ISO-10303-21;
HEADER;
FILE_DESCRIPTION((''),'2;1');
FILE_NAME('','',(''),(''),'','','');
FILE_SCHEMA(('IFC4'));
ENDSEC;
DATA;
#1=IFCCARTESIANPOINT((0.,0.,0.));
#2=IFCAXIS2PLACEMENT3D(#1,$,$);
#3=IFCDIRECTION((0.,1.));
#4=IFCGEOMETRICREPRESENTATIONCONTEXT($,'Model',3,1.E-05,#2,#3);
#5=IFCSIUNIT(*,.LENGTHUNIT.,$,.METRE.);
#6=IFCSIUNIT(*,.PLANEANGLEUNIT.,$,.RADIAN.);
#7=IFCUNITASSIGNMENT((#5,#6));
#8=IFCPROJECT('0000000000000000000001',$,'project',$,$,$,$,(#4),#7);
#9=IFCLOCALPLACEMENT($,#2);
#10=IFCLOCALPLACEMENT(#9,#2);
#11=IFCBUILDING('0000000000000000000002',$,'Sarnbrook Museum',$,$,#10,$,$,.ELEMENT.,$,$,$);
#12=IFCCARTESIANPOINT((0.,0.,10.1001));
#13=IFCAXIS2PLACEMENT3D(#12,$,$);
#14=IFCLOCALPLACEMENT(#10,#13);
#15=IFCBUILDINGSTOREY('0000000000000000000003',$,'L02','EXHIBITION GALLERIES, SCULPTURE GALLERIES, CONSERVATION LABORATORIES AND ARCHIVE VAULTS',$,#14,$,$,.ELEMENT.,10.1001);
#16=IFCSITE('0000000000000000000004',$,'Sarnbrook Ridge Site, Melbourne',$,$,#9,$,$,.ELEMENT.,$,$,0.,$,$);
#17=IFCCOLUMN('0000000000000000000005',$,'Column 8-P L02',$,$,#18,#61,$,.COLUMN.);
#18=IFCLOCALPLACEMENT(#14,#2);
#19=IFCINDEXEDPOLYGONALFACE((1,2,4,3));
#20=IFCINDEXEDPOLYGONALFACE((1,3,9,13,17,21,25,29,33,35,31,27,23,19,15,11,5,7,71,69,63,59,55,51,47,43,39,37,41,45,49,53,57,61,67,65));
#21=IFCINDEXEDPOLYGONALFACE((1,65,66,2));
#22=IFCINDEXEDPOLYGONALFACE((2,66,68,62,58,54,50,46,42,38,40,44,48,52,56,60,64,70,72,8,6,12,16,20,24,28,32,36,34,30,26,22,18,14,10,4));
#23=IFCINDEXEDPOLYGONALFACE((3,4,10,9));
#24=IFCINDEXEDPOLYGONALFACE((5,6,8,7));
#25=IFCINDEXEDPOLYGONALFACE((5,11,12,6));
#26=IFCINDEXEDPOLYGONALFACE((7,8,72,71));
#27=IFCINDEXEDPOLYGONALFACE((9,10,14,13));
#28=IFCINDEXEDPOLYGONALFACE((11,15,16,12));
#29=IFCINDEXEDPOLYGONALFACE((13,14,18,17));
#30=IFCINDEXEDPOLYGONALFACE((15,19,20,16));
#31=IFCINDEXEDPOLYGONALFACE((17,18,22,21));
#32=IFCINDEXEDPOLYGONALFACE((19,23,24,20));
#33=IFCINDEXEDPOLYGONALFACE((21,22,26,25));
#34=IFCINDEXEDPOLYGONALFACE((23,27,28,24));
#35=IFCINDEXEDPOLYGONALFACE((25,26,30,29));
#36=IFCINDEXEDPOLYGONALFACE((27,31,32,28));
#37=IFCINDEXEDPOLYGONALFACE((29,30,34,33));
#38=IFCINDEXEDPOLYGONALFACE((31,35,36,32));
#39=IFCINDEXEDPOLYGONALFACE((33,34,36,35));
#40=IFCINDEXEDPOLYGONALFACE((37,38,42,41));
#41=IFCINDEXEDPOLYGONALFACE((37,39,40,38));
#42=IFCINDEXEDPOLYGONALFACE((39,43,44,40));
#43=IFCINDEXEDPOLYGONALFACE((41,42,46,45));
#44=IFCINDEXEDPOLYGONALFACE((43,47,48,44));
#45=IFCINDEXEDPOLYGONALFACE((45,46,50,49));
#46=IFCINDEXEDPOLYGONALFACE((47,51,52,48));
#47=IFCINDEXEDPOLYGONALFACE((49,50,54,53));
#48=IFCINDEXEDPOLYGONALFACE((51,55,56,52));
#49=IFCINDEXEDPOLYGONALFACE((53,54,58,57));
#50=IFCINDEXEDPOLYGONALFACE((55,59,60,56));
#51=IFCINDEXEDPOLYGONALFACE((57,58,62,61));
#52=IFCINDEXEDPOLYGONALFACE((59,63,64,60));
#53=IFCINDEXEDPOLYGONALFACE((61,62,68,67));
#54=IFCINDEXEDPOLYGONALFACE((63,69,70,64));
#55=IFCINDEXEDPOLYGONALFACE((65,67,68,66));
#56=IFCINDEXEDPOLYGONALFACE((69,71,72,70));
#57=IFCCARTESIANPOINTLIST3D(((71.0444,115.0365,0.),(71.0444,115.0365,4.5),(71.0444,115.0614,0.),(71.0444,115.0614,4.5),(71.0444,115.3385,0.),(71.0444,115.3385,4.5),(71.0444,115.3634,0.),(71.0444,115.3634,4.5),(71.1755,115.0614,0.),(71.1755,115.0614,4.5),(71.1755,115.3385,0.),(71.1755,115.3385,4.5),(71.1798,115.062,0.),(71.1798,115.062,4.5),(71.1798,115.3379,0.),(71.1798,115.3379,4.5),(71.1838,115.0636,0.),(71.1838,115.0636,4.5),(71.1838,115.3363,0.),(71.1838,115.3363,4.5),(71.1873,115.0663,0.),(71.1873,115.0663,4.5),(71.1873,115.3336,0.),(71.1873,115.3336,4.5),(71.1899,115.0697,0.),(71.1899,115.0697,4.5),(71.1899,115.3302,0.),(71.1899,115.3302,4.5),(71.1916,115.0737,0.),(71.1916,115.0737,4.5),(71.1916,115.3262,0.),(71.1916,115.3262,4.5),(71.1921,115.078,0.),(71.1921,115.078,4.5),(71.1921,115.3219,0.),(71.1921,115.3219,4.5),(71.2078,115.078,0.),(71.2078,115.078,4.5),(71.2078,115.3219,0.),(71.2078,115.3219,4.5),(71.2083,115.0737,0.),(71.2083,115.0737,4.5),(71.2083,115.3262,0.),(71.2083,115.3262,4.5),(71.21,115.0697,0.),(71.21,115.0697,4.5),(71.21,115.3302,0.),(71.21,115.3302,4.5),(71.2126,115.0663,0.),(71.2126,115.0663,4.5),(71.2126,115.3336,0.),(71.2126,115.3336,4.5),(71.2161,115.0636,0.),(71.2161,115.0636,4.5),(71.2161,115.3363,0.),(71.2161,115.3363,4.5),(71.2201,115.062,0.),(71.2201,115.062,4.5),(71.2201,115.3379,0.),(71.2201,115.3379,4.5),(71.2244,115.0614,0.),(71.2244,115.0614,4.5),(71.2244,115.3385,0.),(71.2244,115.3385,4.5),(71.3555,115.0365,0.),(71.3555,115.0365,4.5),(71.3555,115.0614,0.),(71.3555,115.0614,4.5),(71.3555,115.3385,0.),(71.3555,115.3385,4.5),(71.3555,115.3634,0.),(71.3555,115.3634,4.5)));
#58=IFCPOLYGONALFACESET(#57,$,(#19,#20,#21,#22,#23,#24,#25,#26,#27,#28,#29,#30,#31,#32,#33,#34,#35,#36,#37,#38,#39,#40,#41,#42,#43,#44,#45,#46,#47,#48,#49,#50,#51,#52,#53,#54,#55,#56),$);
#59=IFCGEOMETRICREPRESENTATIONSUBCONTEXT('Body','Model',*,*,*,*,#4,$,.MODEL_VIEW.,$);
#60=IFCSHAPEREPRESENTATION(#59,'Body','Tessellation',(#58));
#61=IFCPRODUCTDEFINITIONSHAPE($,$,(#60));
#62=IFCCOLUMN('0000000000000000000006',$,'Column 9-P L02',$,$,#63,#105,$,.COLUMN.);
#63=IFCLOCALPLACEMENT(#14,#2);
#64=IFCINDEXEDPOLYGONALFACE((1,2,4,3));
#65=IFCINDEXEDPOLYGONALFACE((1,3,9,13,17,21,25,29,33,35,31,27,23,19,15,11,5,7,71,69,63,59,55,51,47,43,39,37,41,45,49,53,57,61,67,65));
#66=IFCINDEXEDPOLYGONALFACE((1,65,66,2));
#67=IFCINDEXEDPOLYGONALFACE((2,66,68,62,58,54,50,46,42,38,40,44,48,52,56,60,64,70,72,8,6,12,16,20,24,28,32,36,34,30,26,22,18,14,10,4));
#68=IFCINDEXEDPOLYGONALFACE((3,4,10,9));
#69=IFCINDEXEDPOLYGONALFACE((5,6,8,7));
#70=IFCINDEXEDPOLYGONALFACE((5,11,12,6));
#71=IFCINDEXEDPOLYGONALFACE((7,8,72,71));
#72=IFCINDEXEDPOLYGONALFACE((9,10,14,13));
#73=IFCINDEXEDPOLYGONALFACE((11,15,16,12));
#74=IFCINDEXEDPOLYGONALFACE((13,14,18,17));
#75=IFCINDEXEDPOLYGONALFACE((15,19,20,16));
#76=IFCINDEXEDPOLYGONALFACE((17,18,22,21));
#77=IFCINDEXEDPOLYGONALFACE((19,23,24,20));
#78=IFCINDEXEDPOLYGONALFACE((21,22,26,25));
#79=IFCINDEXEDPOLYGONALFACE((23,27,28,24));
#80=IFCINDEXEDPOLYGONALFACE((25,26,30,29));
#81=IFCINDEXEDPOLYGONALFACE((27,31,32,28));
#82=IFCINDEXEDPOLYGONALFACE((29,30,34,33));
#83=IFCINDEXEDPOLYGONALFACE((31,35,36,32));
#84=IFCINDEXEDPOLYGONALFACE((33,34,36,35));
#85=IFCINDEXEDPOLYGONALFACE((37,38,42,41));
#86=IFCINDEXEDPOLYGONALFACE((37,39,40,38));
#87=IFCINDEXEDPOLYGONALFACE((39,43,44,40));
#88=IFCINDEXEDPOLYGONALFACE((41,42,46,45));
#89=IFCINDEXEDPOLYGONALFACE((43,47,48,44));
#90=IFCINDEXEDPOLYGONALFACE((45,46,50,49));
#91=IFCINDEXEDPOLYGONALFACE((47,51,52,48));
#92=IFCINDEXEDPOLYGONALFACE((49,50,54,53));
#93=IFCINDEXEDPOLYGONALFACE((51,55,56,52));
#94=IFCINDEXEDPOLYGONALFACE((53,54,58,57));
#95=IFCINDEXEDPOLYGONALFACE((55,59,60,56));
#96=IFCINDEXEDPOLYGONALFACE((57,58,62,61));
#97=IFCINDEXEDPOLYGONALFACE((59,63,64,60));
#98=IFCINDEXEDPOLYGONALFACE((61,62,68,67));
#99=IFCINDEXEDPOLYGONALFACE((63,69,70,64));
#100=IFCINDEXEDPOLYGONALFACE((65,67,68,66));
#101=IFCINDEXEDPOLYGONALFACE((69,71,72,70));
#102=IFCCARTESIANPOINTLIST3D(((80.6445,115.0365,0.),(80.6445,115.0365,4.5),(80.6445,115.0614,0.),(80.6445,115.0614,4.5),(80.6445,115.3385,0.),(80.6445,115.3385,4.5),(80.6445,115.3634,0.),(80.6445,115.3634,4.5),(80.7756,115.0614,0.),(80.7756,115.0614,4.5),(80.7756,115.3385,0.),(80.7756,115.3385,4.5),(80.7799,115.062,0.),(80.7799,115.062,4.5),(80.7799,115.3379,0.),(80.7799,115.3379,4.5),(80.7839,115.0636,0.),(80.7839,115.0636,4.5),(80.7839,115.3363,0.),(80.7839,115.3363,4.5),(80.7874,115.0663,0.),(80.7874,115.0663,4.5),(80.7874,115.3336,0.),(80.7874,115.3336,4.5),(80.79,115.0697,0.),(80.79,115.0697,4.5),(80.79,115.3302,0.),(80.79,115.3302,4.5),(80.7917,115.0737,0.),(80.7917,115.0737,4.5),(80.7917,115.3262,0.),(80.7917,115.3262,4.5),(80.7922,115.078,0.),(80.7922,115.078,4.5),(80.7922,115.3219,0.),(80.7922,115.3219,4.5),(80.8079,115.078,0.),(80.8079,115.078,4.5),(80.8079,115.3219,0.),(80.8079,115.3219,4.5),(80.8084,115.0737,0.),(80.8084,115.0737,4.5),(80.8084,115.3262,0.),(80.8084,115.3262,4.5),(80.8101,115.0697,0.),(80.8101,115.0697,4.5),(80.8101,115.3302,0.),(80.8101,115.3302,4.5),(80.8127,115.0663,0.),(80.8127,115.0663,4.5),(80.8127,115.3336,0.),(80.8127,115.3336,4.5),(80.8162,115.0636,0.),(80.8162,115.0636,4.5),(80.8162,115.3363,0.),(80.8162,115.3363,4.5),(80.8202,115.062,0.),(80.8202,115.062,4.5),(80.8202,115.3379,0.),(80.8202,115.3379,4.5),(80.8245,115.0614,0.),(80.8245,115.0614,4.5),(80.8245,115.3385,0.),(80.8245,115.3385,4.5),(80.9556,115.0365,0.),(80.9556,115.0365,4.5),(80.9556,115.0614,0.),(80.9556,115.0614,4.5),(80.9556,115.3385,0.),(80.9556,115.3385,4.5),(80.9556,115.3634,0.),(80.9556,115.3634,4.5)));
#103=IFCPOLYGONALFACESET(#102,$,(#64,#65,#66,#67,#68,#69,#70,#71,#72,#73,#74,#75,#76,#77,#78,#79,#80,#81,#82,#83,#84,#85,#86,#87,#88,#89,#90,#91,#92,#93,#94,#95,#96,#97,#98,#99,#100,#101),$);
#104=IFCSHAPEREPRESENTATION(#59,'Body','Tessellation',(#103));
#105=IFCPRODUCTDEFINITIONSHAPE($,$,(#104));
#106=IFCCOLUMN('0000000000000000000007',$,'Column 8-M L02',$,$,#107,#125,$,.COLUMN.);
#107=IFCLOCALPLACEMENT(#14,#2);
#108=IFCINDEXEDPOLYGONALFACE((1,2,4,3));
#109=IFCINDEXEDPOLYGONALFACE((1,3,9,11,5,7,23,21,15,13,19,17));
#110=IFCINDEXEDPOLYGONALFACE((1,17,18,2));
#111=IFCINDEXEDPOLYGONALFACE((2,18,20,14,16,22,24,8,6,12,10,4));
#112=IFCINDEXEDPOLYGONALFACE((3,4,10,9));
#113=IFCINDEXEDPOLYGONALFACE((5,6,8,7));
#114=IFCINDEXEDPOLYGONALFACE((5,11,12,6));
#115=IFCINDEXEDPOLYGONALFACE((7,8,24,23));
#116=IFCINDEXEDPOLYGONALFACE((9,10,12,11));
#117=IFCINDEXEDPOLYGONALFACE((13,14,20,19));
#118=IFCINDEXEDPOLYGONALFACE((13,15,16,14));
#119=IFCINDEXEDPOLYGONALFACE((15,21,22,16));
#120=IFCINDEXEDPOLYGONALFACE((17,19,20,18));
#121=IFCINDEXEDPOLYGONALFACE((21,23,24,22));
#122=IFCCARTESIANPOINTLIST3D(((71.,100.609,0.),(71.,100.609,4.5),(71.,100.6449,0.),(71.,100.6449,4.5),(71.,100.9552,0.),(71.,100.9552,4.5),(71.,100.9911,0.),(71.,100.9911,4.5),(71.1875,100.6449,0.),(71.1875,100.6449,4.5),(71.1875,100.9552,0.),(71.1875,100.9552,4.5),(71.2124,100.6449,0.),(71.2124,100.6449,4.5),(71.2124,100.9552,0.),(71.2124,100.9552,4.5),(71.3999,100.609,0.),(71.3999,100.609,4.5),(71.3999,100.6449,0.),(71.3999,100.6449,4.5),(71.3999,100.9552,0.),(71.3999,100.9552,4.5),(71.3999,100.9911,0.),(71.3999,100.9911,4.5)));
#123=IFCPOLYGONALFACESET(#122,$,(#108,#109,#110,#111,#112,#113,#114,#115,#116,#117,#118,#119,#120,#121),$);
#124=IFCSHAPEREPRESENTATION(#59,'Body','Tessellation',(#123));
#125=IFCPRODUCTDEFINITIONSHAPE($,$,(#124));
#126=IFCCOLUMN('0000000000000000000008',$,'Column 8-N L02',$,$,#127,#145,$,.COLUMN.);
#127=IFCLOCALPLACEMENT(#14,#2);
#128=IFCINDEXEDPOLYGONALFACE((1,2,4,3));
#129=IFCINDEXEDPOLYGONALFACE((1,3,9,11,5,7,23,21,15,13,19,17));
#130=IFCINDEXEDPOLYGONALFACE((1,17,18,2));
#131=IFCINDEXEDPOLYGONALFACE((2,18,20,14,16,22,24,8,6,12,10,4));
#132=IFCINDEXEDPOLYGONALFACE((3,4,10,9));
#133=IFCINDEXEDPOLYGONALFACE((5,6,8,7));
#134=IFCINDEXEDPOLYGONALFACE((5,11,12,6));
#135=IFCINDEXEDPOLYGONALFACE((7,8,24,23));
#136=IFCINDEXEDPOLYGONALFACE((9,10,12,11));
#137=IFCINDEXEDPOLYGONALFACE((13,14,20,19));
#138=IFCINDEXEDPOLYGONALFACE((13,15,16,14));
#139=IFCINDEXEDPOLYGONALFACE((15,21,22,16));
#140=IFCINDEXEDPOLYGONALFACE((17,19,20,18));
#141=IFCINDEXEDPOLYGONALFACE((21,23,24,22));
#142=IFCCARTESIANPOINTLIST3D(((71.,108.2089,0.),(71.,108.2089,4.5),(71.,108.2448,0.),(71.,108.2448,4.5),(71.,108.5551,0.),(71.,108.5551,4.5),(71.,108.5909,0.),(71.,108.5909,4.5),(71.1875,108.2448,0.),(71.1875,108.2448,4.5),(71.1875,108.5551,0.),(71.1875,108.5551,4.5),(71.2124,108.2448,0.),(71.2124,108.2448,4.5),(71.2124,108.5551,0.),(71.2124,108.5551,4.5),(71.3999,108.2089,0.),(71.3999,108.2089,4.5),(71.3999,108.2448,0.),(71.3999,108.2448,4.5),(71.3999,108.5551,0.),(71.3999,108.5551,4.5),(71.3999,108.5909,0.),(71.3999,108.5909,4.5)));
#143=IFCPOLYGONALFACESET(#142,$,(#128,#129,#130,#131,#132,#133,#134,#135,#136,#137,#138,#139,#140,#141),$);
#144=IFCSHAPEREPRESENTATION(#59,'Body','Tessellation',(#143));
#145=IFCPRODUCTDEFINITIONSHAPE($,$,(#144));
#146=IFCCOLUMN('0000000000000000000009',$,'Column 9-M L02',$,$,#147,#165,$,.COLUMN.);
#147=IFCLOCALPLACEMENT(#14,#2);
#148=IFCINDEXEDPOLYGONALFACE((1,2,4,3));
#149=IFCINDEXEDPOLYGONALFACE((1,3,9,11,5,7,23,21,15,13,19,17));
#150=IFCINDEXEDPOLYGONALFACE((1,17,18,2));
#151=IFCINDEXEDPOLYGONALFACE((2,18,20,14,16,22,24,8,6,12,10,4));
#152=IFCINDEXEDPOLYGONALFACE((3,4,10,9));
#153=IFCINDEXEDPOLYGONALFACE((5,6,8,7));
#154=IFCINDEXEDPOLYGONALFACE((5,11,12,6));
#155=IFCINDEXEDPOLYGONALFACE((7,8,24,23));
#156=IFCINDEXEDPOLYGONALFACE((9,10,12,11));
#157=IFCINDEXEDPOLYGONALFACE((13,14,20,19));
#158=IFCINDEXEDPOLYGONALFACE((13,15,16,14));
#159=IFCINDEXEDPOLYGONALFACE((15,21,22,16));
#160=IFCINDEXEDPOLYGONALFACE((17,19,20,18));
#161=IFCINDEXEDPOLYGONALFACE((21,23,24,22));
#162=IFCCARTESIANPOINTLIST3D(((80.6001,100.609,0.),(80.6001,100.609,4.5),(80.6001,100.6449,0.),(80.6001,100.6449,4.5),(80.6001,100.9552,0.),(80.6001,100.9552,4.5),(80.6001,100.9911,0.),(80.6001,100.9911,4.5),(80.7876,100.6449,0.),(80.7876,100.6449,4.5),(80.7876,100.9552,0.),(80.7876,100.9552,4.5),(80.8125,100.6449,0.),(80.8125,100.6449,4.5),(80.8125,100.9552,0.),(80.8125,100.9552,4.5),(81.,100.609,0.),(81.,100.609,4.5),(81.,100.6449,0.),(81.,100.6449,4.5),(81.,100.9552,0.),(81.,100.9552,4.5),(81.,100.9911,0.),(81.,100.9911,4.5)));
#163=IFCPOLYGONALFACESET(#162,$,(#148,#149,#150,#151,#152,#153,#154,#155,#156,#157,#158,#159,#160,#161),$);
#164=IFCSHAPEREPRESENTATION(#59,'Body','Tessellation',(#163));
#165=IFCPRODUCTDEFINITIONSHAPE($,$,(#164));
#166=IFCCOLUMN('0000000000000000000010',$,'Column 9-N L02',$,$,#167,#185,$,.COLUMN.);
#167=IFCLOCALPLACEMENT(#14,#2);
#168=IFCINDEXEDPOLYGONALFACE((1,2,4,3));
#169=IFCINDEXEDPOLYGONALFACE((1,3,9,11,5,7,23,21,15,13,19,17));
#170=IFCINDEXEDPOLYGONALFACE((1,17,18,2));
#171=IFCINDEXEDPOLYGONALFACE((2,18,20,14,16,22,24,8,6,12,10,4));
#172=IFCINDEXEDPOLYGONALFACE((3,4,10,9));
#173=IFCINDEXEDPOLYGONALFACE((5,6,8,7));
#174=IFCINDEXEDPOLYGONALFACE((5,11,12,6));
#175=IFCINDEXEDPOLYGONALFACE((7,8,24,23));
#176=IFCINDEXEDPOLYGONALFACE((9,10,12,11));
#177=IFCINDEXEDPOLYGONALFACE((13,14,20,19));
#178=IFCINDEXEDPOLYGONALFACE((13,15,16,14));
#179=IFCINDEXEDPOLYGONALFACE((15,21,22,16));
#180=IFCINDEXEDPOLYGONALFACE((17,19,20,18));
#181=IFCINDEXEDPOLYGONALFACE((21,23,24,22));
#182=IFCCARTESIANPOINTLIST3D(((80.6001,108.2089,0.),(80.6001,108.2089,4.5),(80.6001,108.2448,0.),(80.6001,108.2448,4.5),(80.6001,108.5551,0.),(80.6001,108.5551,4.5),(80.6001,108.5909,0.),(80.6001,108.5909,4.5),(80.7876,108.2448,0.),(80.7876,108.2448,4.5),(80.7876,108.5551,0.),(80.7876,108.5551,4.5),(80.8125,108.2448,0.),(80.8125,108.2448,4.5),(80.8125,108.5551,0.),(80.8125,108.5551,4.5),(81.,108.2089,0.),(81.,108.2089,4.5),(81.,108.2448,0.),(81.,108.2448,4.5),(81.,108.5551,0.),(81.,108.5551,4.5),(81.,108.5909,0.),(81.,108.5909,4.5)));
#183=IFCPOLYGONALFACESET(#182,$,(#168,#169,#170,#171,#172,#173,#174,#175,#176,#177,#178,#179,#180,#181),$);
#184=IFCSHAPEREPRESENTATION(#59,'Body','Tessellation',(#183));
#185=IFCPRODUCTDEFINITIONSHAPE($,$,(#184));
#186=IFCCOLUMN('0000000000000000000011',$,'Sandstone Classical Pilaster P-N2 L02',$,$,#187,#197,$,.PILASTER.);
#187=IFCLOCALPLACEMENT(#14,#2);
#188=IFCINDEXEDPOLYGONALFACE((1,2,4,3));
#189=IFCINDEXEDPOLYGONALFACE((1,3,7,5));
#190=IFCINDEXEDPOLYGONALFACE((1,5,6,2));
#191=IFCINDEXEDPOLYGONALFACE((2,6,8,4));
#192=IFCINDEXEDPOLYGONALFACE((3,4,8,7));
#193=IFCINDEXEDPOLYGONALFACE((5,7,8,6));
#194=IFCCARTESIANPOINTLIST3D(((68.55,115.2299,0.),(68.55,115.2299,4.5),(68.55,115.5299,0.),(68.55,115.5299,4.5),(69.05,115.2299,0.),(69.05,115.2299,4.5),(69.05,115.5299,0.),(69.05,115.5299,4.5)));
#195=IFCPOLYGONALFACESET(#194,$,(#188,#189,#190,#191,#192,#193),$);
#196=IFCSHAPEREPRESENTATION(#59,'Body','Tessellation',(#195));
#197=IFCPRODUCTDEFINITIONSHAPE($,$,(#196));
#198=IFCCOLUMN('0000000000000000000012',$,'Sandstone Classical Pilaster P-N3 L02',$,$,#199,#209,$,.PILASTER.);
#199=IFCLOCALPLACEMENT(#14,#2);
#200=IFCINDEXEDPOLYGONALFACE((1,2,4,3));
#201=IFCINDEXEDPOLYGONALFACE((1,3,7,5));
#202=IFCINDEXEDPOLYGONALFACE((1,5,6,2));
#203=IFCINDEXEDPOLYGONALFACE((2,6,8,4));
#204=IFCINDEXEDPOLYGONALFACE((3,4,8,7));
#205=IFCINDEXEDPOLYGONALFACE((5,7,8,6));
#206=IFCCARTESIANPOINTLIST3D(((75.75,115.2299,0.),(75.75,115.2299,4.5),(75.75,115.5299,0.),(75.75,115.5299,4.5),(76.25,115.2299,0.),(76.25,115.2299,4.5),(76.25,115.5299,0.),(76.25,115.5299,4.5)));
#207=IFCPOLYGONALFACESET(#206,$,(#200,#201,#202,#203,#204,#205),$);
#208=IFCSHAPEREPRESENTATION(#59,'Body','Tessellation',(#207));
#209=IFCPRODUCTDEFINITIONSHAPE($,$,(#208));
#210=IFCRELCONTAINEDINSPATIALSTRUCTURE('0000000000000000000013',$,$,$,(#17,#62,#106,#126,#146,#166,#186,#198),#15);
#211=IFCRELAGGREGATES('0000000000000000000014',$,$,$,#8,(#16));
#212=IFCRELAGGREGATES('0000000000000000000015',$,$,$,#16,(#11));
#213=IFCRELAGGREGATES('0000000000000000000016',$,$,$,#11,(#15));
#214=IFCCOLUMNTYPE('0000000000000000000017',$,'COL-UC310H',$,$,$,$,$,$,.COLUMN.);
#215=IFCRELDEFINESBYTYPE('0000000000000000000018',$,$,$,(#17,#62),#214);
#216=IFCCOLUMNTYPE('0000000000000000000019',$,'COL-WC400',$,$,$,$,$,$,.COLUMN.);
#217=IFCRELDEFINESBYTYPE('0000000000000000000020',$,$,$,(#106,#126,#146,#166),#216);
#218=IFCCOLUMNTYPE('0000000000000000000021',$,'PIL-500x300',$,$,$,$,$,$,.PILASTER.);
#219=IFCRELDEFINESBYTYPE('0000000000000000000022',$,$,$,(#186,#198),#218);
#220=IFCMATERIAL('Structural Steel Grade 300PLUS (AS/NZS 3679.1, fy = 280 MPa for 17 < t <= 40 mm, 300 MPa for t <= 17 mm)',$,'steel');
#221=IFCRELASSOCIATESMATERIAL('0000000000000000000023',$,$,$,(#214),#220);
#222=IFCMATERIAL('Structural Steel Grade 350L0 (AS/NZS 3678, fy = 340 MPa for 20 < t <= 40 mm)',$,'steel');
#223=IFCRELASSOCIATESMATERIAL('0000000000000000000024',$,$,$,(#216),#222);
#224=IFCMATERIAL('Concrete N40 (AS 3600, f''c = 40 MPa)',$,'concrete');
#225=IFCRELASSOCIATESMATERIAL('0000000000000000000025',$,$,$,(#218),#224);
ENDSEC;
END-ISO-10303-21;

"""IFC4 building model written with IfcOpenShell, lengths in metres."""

from ifc_helpers import new_model, si_unit, direction, frame, origin, origin_2d, place, context, subcontext, project, spatial, rectangle, i_section, extrude, material, material_profile, profile_set, type_object, element, save


model = new_model("IFC4")

# Units and contexts
model_context = context("Model", 3, precision=1e-05, world=origin(), true_north=direction((0.0, 1.0)))
body_context = subcontext(model_context, "Body", "Model", "MODEL_VIEW")
ifc_project = project(units=[si_unit("LENGTHUNIT", "METRE"), si_unit("PLANEANGLEUNIT", "RADIAN")], contexts=[model_context])

# Site, building, storey
site_placement = place(None, origin())
site = spatial("IfcSite", under=ifc_project, at=site_placement, Name="Sarnbrook Ridge Site, Melbourne", CompositionType="ELEMENT", RefElevation=0.0)
building_placement = place(site_placement, origin())
building = spatial("IfcBuilding", under=site, at=building_placement, Name="Sarnbrook Museum", CompositionType="ELEMENT")
storey_placement = place(building_placement, frame((0.0, 0.0, 10.1001)))
storey = spatial("IfcBuildingStorey", under=building, at=storey_placement, Name="L02", Description="EXHIBITION GALLERIES, SCULPTURE GALLERIES, CONSERVATION LABORATORIES AND ARCHIVE VAULTS", CompositionType="ELEMENT", Elevation=10.1001)

# Columns
ifc_material_1 = material(Name="Structural Steel Grade 300PLUS (AS/NZS 3679.1, fy = 280 MPa for 17 < t <= 40 mm, 300 MPa for t <= 17 mm)", Category="steel")
ifc_material_profile_1 = material_profile(ifc_material_1, i_section(OverallWidth=0.311, OverallDepth=0.3269, WebThickness=0.0156, FlangeThickness=0.0249, FilletRadius=0.0166, at=origin_2d()), Name="310UC158")
ifc_profile_set_1 = profile_set([ifc_material_profile_1], Name="Structural Steel Grade 300PLUS (AS/NZS 3679.1, fy = 280 MPa for 17 < t <= 40 mm, 300 MPa for t <= 17 mm)")
column_type_1 = type_object("IfcColumnType", Name="COL-UC310H", PredefinedType="COLUMN", material=ifc_profile_set_1)
for number, where, z_axis, x_axis, name in (
    (1, (71.2, 115.2, 0.0), (0.0, 0.0, 1.0), (1.0, 0.0, 0.0), "Column 8-P L02"),
    (2, (80.8, 115.2, 0.0), (0.0, 0.0, 1.0), (1.0, 0.0, 0.0), "Column 9-P L02"),
):
    element("IfcColumn", number, at=place(storey_placement, frame(where, z_axis=z_axis, x_axis=x_axis)), inside=storey, type_object=column_type_1, Name=name, PredefinedType="COLUMN", context=body_context, shape_type="SweptSolid", body=[
        extrude(i_section(OverallWidth=0.311, OverallDepth=0.3269, WebThickness=0.0156, FlangeThickness=0.0249, FilletRadius=0.0166, at=origin_2d()), origin(), (0.0, 0.0, 1.0), 4.5),
    ])
ifc_material_2 = material(Name="Structural Steel Grade 350L0 (AS/NZS 3678, fy = 340 MPa for 20 < t <= 40 mm)", Category="steel")
ifc_material_profile_2 = material_profile(ifc_material_2, i_section(OverallWidth=0.3999, OverallDepth=0.3821, WebThickness=0.0249, FlangeThickness=0.0359, at=origin_2d()), Name="400WC270")
ifc_profile_set_2 = profile_set([ifc_material_profile_2], Name="Structural Steel Grade 350L0 (AS/NZS 3678, fy = 340 MPa for 20 < t <= 40 mm)")
column_type_2 = type_object("IfcColumnType", Name="COL-WC400", PredefinedType="COLUMN", material=ifc_profile_set_2)
for number, where, z_axis, x_axis, name in (
    (3, (71.2, 100.8, 0.0), (0.0, 0.0, 1.0), (1.0, 0.0, 0.0), "Column 8-M L02"),
    (4, (71.2, 108.3999, 0.0), (0.0, 0.0, 1.0), (1.0, 0.0, 0.0), "Column 8-N L02"),
    (5, (80.8, 100.8, 0.0), (0.0, 0.0, 1.0), (1.0, 0.0, 0.0), "Column 9-M L02"),
    (6, (80.8, 108.3999, 0.0), (0.0, 0.0, 1.0), (1.0, 0.0, 0.0), "Column 9-N L02"),
):
    element("IfcColumn", number, at=place(storey_placement, frame(where, z_axis=z_axis, x_axis=x_axis)), inside=storey, type_object=column_type_2, Name=name, PredefinedType="COLUMN", context=body_context, shape_type="SweptSolid", body=[
        extrude(i_section(OverallWidth=0.3999, OverallDepth=0.3821, WebThickness=0.0249, FlangeThickness=0.0359, at=origin_2d()), origin(), (0.0, 0.0, 1.0), 4.5),
    ])
ifc_material_3 = material(Name="Concrete N40 (AS 3600, f'c = 40 MPa)", Category="concrete")
ifc_material_profile_3 = material_profile(ifc_material_3, rectangle(XDim=0.5, YDim=0.3, at=origin_2d()), Name="PILASTER 500x300")
ifc_profile_set_3 = profile_set([ifc_material_profile_3], Name="Concrete N40 (AS 3600, f'c = 40 MPa)")
column_type_3 = type_object("IfcColumnType", Name="PIL-500x300", PredefinedType="PILASTER", material=ifc_profile_set_3)
for number, where, z_axis, x_axis, name in (
    (7, (68.8, 115.3799, 0.0), (0.0, 0.0, 1.0), (1.0, 0.0, 0.0), "Sandstone Classical Pilaster P-N2 L02"),
    (8, (76.0, 115.3799, 0.0), (0.0, 0.0, 1.0), (1.0, 0.0, 0.0), "Sandstone Classical Pilaster P-N3 L02"),
):
    element("IfcColumn", number, at=place(storey_placement, frame(where, z_axis=z_axis, x_axis=x_axis)), inside=storey, type_object=column_type_3, Name=name, PredefinedType="PILASTER", context=body_context, shape_type="SweptSolid", body=[
        extrude(rectangle(XDim=0.5, YDim=0.3, at=origin_2d()), origin(), (0.0, 0.0, 1.0), 4.5),
    ])

save(model, "model.ifc")
